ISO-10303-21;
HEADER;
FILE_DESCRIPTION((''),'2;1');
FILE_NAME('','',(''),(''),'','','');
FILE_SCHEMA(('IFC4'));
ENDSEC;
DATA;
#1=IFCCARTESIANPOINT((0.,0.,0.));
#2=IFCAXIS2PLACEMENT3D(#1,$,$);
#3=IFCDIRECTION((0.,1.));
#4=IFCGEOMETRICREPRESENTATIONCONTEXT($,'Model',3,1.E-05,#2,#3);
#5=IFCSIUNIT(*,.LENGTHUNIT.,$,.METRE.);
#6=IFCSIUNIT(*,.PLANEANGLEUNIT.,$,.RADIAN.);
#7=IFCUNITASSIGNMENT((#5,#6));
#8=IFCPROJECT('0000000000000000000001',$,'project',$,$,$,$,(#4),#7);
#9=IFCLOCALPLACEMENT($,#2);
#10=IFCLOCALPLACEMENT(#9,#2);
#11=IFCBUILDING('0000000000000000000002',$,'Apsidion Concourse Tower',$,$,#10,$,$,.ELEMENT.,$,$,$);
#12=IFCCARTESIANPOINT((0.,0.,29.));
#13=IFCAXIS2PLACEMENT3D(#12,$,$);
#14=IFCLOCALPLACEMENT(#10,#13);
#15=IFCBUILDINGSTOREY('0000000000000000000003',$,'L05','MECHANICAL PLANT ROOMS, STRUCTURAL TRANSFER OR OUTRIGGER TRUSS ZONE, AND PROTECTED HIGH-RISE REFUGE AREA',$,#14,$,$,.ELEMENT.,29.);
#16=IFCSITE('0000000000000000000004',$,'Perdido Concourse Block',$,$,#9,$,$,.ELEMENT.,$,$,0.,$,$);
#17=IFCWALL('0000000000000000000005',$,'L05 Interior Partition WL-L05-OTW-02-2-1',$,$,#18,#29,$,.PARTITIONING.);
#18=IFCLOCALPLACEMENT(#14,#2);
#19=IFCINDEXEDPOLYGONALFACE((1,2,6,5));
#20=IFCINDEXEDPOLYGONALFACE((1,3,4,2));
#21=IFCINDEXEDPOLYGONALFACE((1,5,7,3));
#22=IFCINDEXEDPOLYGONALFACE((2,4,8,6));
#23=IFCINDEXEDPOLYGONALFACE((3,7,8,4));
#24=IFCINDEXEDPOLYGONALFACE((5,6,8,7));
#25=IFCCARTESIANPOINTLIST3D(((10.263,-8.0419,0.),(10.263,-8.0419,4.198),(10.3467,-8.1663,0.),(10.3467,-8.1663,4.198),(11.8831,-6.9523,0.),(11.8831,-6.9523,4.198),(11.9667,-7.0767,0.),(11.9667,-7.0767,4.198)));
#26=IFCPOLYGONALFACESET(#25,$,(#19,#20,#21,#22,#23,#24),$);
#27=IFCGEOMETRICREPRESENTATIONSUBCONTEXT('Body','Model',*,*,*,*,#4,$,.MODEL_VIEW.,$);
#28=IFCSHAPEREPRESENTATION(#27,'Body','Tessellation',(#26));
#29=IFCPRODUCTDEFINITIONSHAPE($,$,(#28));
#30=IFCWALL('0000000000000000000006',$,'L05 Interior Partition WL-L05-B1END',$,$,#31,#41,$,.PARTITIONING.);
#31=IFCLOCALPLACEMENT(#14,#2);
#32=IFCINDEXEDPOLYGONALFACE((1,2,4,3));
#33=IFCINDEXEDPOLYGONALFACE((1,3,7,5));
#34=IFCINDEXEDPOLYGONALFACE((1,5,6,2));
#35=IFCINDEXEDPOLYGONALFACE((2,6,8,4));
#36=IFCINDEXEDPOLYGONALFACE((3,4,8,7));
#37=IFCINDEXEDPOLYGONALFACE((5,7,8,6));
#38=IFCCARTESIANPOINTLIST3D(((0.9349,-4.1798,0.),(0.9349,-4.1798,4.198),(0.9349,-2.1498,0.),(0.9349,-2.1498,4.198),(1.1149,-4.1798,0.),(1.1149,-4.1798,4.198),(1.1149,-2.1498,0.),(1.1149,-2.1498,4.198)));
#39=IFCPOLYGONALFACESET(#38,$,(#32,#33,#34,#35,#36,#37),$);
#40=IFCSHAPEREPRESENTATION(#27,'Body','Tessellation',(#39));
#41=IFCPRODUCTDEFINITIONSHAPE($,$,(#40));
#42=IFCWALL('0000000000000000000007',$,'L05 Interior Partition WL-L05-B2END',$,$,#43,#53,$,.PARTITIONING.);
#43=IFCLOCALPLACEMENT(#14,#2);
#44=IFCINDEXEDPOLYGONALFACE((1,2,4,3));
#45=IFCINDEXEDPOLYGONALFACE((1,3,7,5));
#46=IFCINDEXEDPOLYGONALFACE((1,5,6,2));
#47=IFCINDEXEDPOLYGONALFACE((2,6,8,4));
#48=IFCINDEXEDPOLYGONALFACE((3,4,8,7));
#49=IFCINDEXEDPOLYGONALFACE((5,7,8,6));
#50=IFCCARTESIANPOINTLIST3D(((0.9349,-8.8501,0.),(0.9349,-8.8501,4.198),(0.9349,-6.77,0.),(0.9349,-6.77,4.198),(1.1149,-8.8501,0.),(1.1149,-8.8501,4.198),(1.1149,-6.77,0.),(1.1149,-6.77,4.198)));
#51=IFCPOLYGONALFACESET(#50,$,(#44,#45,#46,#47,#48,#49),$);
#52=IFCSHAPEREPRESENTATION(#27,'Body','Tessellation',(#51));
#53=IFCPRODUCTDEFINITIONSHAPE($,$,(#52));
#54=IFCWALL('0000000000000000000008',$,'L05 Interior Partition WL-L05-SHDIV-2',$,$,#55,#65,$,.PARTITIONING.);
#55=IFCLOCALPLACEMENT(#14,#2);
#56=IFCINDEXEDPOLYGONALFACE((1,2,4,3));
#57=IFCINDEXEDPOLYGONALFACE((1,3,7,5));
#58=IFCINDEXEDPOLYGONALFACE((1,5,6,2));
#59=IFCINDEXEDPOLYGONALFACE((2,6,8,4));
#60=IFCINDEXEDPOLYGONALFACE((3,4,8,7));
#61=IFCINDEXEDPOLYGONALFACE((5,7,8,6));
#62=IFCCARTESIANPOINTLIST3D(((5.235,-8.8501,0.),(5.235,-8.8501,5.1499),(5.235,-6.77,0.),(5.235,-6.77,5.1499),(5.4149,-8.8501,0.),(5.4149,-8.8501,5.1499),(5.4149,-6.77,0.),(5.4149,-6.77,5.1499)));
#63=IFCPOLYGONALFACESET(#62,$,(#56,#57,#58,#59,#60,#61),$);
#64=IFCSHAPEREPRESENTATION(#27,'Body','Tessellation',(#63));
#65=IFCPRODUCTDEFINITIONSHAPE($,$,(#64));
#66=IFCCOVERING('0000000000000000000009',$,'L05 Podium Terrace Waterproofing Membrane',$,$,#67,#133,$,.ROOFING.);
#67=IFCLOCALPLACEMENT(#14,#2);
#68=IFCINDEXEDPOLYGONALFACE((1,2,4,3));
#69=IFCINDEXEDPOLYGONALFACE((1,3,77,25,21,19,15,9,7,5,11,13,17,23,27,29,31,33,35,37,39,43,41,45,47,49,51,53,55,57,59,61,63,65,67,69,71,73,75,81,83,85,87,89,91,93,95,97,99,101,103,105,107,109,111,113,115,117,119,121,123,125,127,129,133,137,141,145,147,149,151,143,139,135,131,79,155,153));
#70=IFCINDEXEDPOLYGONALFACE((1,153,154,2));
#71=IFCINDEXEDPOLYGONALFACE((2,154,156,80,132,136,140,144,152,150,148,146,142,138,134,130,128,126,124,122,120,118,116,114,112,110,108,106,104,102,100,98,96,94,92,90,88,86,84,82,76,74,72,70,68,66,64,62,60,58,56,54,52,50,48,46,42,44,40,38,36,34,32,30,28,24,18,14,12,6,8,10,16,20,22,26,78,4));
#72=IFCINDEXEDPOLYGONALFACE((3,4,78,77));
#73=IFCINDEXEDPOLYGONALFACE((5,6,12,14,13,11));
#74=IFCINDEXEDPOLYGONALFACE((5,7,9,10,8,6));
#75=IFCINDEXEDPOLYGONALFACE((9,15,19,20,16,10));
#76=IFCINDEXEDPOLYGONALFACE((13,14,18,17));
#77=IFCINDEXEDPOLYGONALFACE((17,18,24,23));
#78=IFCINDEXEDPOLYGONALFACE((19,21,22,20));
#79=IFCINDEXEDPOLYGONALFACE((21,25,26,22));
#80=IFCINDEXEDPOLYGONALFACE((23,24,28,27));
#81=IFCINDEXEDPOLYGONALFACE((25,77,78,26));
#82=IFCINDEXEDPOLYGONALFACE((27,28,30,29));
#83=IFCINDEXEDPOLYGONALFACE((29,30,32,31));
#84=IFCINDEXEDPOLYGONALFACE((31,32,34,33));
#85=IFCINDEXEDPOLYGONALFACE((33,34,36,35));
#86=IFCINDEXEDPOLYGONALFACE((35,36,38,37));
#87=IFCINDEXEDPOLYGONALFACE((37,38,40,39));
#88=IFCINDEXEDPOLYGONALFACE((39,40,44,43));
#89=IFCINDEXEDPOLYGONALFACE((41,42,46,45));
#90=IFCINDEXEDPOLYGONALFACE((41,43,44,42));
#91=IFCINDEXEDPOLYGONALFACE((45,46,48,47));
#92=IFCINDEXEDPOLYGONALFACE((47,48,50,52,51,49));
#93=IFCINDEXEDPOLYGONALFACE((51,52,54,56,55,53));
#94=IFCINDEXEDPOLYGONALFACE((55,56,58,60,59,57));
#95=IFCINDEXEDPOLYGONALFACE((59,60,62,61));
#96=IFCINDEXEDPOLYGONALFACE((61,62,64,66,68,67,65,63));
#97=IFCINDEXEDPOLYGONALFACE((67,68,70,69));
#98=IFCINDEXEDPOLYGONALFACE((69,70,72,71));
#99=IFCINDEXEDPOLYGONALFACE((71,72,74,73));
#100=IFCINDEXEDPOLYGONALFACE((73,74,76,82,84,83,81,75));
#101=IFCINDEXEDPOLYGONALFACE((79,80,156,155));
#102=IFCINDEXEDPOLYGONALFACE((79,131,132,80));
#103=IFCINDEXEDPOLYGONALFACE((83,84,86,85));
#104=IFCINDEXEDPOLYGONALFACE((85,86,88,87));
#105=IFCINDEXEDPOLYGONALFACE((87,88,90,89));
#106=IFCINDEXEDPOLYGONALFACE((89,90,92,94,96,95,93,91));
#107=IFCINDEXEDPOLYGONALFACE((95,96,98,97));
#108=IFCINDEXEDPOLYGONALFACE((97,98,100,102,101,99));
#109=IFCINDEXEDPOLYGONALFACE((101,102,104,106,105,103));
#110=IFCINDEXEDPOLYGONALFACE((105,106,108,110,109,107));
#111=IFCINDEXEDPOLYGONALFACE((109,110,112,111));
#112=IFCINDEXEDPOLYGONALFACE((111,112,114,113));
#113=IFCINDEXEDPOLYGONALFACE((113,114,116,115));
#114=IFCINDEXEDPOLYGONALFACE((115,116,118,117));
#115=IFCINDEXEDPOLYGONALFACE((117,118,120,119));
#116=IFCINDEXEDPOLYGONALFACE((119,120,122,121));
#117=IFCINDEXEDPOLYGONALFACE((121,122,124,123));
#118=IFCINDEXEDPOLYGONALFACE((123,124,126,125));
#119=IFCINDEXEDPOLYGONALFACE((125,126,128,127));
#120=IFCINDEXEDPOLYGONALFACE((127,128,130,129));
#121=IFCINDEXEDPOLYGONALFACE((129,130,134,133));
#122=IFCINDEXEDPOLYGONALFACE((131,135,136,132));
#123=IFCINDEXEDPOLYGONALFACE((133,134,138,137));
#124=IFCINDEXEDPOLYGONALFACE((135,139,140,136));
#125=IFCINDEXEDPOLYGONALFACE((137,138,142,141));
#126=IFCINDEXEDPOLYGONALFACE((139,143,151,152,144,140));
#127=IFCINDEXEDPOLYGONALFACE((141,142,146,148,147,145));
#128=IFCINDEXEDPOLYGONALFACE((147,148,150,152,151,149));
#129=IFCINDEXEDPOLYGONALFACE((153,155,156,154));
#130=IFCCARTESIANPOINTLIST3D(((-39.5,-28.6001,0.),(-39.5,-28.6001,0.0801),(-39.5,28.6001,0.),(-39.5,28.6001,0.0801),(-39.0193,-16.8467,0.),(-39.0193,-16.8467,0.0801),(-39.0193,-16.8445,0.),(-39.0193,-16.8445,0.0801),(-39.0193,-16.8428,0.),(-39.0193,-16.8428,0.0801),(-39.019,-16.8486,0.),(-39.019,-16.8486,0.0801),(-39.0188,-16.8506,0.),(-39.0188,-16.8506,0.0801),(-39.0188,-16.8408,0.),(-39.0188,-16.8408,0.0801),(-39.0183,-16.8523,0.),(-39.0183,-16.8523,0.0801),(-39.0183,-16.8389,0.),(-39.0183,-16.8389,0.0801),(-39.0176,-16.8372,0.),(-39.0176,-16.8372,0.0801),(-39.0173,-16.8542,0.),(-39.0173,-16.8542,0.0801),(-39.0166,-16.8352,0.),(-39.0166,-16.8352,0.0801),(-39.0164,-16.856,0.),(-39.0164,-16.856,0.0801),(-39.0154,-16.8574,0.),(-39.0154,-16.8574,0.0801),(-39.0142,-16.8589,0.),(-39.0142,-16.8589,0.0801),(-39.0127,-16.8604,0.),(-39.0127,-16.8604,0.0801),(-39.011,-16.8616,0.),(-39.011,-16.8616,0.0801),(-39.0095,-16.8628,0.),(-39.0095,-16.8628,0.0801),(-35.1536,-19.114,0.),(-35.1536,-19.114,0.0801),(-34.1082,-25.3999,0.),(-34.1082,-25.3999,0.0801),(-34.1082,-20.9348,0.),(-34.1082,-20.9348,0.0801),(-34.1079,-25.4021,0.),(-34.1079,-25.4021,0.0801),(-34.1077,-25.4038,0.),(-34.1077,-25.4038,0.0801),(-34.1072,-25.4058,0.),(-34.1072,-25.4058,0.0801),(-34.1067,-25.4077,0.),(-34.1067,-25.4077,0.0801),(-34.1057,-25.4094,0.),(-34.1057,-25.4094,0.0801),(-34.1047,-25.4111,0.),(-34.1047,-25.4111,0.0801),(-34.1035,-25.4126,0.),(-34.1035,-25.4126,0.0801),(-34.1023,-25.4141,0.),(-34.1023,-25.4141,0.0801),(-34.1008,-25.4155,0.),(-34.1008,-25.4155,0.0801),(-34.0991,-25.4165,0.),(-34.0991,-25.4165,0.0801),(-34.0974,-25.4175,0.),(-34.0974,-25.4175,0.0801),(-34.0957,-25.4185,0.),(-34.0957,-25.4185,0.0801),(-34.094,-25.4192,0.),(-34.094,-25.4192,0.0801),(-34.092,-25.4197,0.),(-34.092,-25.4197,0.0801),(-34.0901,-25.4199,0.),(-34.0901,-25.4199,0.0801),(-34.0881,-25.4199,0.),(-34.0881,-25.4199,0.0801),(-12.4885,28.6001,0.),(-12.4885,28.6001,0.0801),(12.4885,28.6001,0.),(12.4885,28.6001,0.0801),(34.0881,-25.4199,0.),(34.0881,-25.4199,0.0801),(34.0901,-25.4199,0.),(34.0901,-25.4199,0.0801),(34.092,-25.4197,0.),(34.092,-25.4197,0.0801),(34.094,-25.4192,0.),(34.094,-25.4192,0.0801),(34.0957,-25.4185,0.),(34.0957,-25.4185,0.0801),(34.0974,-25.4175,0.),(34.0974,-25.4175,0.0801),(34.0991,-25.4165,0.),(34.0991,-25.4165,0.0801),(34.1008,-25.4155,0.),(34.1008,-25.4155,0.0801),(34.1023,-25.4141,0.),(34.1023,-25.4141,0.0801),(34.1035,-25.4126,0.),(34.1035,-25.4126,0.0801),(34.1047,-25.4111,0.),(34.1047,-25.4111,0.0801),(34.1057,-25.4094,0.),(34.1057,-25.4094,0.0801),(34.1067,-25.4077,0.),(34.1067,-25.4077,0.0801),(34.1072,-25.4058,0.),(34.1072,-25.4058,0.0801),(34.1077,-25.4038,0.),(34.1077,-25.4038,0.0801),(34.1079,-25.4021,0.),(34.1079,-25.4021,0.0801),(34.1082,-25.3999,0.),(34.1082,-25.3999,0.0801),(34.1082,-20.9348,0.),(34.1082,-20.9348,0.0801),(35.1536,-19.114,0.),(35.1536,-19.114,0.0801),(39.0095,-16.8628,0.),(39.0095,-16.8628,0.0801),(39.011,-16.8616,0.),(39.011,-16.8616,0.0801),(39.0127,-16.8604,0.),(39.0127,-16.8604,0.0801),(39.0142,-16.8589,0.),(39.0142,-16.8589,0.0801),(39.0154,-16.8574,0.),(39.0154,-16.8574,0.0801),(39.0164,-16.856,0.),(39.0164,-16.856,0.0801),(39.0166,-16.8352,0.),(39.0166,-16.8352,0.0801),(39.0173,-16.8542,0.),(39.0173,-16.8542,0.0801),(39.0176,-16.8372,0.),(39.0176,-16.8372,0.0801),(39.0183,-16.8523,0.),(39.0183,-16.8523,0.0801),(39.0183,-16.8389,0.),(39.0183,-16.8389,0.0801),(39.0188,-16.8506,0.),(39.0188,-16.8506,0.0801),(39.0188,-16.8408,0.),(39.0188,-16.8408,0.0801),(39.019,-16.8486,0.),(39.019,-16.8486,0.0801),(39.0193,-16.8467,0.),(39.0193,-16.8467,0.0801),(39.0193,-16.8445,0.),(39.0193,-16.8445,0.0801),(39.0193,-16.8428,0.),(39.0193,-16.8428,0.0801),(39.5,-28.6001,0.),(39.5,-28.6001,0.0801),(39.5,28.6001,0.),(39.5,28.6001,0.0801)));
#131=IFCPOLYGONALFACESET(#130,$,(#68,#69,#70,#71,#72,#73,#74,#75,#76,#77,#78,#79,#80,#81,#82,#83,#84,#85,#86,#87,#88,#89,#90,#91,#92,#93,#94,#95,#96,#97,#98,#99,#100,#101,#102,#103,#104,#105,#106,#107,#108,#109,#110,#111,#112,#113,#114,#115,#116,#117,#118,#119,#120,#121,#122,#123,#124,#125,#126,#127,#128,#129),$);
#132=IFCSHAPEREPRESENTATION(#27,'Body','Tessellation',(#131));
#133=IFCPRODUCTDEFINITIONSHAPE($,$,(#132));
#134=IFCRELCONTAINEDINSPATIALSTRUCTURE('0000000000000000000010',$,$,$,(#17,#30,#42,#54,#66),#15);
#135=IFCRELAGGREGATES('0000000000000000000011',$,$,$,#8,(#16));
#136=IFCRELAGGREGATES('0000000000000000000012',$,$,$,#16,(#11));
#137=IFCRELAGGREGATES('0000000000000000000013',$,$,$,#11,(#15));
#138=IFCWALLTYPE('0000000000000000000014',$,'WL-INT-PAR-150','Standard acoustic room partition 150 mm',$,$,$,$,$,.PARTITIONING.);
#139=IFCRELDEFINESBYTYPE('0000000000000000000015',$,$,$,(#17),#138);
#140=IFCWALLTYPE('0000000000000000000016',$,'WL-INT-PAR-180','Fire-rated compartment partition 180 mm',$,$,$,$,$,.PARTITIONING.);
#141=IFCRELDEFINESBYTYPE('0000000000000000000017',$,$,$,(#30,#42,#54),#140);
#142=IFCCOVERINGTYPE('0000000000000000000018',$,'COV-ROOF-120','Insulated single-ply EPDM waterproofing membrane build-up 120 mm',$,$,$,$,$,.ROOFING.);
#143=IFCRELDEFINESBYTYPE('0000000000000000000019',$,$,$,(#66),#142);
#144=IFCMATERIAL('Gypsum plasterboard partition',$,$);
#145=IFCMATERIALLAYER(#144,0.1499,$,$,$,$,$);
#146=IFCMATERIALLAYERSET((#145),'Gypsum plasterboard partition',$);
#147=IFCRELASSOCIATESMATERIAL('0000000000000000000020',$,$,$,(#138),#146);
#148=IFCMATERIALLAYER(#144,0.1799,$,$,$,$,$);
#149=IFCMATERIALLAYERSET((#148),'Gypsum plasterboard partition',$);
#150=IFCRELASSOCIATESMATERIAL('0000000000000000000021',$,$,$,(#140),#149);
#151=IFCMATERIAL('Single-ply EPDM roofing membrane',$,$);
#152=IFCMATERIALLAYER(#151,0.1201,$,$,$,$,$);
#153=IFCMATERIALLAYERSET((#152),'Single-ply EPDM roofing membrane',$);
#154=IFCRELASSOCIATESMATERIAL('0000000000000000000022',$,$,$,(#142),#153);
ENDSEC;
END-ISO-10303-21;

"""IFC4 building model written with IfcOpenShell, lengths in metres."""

from ifc_helpers import new_model, si_unit, direction, frame, frame_2d, origin, place, context, subcontext, project, spatial, polyline, rectangle, outline, extrude, material, layer, layer_set, type_object, element, save


model = new_model("IFC4")

# Units and contexts
model_context = context("Model", 3, precision=1e-05, world=origin(), true_north=direction((0.0, 1.0)))
body_context = subcontext(model_context, "Body", "Model", "MODEL_VIEW")
ifc_project = project(units=[si_unit("LENGTHUNIT", "METRE"), si_unit("PLANEANGLEUNIT", "RADIAN")], contexts=[model_context])

# Site, building, storey
site_placement = place(None, origin())
site = spatial("IfcSite", under=ifc_project, at=site_placement, Name="Perdido Concourse Block", CompositionType="ELEMENT", RefElevation=0.0)
building_placement = place(site_placement, origin())
building = spatial("IfcBuilding", under=site, at=building_placement, Name="Apsidion Concourse Tower", CompositionType="ELEMENT")
storey_placement = place(building_placement, frame((0.0, 0.0, 29.0)))
storey = spatial("IfcBuildingStorey", under=building, at=storey_placement, Name="L05", Description="MECHANICAL PLANT ROOMS, STRUCTURAL TRANSFER OR OUTRIGGER TRUSS ZONE, AND PROTECTED HIGH-RISE REFUGE AREA", CompositionType="ELEMENT", Elevation=29.0)

# Walls
ifc_material_1 = material(Name="Gypsum plasterboard partition")
ifc_layer_1 = layer(ifc_material_1, 0.1499)
ifc_layer_set_1 = layer_set([ifc_layer_1], Name="Gypsum plasterboard partition")
wall_type_1 = type_object("IfcWallType", Name="WL-INT-PAR-150", Description="Standard acoustic room partition 150 mm", PredefinedType="PARTITIONING", material=ifc_layer_set_1)
wall_1_placement = place(storey_placement, frame((10.3049, -8.104, 0.0), z_axis=(0.0, 0.0, 1.0), x_axis=(0.829793, 0.558072, 0.0)))
element("IfcWall", 1, at=wall_1_placement, inside=storey, type_object=wall_type_1, Name="L05 Interior Partition WL-L05-OTW-02-2-1", PredefinedType="PARTITIONING", context=body_context, shape_type="SweptSolid", body=[
    extrude(rectangle(XDim=1.9524, YDim=0.1499, at=frame_2d((0.9761, 0.0))), origin(), (0.0, 0.0, 1.0), 4.198),
])
ifc_layer_2 = layer(ifc_material_1, 0.1799)
ifc_layer_set_2 = layer_set([ifc_layer_2], Name="Gypsum plasterboard partition")
wall_type_2 = type_object("IfcWallType", Name="WL-INT-PAR-180", Description="Fire-rated compartment partition 180 mm", PredefinedType="PARTITIONING", material=ifc_layer_set_2)
wall_2_placement = place(storey_placement, frame((1.0249, -4.1799, 0.0), z_axis=(0.0, 0.0, 1.0), x_axis=(0.0, 1.0, 0.0)))
element("IfcWall", 2, at=wall_2_placement, inside=storey, type_object=wall_type_2, Name="L05 Interior Partition WL-L05-B1END", PredefinedType="PARTITIONING", context=body_context, shape_type="SweptSolid", body=[
    extrude(rectangle(XDim=2.03, YDim=0.1799, at=frame_2d((1.0151, 0.0))), origin(), (0.0, 0.0, 1.0), 4.198),
])
wall_3_placement = place(storey_placement, frame((1.0249, -8.8501, 0.0), z_axis=(0.0, 0.0, 1.0), x_axis=(0.0, 1.0, 0.0)))
element("IfcWall", 3, at=wall_3_placement, inside=storey, type_object=wall_type_2, Name="L05 Interior Partition WL-L05-B2END", PredefinedType="PARTITIONING", context=body_context, shape_type="SweptSolid", body=[
    extrude(rectangle(XDim=2.0801, YDim=0.1799, at=frame_2d((1.04, 0.0))), origin(), (0.0, 0.0, 1.0), 4.198),
])
wall_4_placement = place(storey_placement, frame((5.325, -8.8501, 0.0), z_axis=(0.0, 0.0, 1.0), x_axis=(0.0, 1.0, 0.0)))
element("IfcWall", 4, at=wall_4_placement, inside=storey, type_object=wall_type_2, Name="L05 Interior Partition WL-L05-SHDIV-2", PredefinedType="PARTITIONING", context=body_context, shape_type="SweptSolid", body=[
    extrude(rectangle(XDim=2.0801, YDim=0.1799, at=frame_2d((1.04, 0.0))), origin(), (0.0, 0.0, 1.0), 5.1499),
])

# Covering
ifc_material_2 = material(Name="Single-ply EPDM roofing membrane")
ifc_layer_3 = layer(ifc_material_2, 0.1201)
ifc_layer_set_3 = layer_set([ifc_layer_3], Name="Single-ply EPDM roofing membrane")
covering_type = type_object("IfcCoveringType", Name="COV-ROOF-120", Description="Insulated single-ply EPDM waterproofing membrane build-up 120 mm", PredefinedType="ROOFING", material=ifc_layer_set_3)
covering_placement = place(storey_placement, origin())
element("IfcCovering", 5, at=covering_placement, inside=storey, type_object=covering_type, Name="L05 Podium Terrace Waterproofing Membrane", PredefinedType="ROOFING", context=body_context, shape_type="SweptSolid", body=[
    extrude(outline(polyline([(39.5, 28.6001), (39.5, -28.6001), (-39.5, -28.6001), (-39.5, 28.6001), (-12.4885, 28.6001), (-39.0166, -16.8352), (-39.0176, -16.8372), (-39.0183, -16.8389), (-39.0188, -16.8408), (-39.0193, -16.8428), (-39.0193, -16.8445), (-39.0193, -16.8467), (-39.019, -16.8486), (-39.0188, -16.8506), (-39.0183, -16.8523), (-39.0173, -16.8542), (-39.0164, -16.856), (-39.0154, -16.8574), (-39.0142, -16.8589), (-39.0127, -16.8604), (-39.011, -16.8616), (-39.0095, -16.8628), (-35.1536, -19.114), (-34.1082, -20.9348), (-34.1082, -25.3999), (-34.1079, -25.4021), (-34.1077, -25.4038), (-34.1072, -25.4058), (-34.1067, -25.4077), (-34.1057, -25.4094), (-34.1047, -25.4111), (-34.1035, -25.4126), (-34.1023, -25.4141), (-34.1008, -25.4155), (-34.0991, -25.4165), (-34.0974, -25.4175), (-34.0957, -25.4185), (-34.094, -25.4192), (-34.092, -25.4197), (-34.0901, -25.4199), (-34.0881, -25.4199), (34.0881, -25.4199), (34.0901, -25.4199), (34.092, -25.4197), (34.094, -25.4192), (34.0957, -25.4185), (34.0974, -25.4175), (34.0991, -25.4165), (34.1008, -25.4155), (34.1023, -25.4141), (34.1035, -25.4126), (34.1047, -25.4111), (34.1057, -25.4094), (34.1067, -25.4077), (34.1072, -25.4058), (34.1077, -25.4038), (34.1079, -25.4021), (34.1082, -25.3999), (34.1082, -20.9348), (35.1536, -19.114), (39.0095, -16.8628), (39.011, -16.8616), (39.0127, -16.8604), (39.0142, -16.8589), (39.0154, -16.8574), (39.0164, -16.856), (39.0173, -16.8542), (39.0183, -16.8523), (39.0188, -16.8506), (39.019, -16.8486), (39.0193, -16.8467), (39.0193, -16.8445), (39.0193, -16.8428), (39.0188, -16.8408), (39.0183, -16.8389), (39.0176, -16.8372), (39.0166, -16.8352), (12.4885, 28.6001), (39.5, 28.6001)])), origin(), (0.0, 0.0, 1.0), 0.0801),
])

save(model, "model.ifc")
